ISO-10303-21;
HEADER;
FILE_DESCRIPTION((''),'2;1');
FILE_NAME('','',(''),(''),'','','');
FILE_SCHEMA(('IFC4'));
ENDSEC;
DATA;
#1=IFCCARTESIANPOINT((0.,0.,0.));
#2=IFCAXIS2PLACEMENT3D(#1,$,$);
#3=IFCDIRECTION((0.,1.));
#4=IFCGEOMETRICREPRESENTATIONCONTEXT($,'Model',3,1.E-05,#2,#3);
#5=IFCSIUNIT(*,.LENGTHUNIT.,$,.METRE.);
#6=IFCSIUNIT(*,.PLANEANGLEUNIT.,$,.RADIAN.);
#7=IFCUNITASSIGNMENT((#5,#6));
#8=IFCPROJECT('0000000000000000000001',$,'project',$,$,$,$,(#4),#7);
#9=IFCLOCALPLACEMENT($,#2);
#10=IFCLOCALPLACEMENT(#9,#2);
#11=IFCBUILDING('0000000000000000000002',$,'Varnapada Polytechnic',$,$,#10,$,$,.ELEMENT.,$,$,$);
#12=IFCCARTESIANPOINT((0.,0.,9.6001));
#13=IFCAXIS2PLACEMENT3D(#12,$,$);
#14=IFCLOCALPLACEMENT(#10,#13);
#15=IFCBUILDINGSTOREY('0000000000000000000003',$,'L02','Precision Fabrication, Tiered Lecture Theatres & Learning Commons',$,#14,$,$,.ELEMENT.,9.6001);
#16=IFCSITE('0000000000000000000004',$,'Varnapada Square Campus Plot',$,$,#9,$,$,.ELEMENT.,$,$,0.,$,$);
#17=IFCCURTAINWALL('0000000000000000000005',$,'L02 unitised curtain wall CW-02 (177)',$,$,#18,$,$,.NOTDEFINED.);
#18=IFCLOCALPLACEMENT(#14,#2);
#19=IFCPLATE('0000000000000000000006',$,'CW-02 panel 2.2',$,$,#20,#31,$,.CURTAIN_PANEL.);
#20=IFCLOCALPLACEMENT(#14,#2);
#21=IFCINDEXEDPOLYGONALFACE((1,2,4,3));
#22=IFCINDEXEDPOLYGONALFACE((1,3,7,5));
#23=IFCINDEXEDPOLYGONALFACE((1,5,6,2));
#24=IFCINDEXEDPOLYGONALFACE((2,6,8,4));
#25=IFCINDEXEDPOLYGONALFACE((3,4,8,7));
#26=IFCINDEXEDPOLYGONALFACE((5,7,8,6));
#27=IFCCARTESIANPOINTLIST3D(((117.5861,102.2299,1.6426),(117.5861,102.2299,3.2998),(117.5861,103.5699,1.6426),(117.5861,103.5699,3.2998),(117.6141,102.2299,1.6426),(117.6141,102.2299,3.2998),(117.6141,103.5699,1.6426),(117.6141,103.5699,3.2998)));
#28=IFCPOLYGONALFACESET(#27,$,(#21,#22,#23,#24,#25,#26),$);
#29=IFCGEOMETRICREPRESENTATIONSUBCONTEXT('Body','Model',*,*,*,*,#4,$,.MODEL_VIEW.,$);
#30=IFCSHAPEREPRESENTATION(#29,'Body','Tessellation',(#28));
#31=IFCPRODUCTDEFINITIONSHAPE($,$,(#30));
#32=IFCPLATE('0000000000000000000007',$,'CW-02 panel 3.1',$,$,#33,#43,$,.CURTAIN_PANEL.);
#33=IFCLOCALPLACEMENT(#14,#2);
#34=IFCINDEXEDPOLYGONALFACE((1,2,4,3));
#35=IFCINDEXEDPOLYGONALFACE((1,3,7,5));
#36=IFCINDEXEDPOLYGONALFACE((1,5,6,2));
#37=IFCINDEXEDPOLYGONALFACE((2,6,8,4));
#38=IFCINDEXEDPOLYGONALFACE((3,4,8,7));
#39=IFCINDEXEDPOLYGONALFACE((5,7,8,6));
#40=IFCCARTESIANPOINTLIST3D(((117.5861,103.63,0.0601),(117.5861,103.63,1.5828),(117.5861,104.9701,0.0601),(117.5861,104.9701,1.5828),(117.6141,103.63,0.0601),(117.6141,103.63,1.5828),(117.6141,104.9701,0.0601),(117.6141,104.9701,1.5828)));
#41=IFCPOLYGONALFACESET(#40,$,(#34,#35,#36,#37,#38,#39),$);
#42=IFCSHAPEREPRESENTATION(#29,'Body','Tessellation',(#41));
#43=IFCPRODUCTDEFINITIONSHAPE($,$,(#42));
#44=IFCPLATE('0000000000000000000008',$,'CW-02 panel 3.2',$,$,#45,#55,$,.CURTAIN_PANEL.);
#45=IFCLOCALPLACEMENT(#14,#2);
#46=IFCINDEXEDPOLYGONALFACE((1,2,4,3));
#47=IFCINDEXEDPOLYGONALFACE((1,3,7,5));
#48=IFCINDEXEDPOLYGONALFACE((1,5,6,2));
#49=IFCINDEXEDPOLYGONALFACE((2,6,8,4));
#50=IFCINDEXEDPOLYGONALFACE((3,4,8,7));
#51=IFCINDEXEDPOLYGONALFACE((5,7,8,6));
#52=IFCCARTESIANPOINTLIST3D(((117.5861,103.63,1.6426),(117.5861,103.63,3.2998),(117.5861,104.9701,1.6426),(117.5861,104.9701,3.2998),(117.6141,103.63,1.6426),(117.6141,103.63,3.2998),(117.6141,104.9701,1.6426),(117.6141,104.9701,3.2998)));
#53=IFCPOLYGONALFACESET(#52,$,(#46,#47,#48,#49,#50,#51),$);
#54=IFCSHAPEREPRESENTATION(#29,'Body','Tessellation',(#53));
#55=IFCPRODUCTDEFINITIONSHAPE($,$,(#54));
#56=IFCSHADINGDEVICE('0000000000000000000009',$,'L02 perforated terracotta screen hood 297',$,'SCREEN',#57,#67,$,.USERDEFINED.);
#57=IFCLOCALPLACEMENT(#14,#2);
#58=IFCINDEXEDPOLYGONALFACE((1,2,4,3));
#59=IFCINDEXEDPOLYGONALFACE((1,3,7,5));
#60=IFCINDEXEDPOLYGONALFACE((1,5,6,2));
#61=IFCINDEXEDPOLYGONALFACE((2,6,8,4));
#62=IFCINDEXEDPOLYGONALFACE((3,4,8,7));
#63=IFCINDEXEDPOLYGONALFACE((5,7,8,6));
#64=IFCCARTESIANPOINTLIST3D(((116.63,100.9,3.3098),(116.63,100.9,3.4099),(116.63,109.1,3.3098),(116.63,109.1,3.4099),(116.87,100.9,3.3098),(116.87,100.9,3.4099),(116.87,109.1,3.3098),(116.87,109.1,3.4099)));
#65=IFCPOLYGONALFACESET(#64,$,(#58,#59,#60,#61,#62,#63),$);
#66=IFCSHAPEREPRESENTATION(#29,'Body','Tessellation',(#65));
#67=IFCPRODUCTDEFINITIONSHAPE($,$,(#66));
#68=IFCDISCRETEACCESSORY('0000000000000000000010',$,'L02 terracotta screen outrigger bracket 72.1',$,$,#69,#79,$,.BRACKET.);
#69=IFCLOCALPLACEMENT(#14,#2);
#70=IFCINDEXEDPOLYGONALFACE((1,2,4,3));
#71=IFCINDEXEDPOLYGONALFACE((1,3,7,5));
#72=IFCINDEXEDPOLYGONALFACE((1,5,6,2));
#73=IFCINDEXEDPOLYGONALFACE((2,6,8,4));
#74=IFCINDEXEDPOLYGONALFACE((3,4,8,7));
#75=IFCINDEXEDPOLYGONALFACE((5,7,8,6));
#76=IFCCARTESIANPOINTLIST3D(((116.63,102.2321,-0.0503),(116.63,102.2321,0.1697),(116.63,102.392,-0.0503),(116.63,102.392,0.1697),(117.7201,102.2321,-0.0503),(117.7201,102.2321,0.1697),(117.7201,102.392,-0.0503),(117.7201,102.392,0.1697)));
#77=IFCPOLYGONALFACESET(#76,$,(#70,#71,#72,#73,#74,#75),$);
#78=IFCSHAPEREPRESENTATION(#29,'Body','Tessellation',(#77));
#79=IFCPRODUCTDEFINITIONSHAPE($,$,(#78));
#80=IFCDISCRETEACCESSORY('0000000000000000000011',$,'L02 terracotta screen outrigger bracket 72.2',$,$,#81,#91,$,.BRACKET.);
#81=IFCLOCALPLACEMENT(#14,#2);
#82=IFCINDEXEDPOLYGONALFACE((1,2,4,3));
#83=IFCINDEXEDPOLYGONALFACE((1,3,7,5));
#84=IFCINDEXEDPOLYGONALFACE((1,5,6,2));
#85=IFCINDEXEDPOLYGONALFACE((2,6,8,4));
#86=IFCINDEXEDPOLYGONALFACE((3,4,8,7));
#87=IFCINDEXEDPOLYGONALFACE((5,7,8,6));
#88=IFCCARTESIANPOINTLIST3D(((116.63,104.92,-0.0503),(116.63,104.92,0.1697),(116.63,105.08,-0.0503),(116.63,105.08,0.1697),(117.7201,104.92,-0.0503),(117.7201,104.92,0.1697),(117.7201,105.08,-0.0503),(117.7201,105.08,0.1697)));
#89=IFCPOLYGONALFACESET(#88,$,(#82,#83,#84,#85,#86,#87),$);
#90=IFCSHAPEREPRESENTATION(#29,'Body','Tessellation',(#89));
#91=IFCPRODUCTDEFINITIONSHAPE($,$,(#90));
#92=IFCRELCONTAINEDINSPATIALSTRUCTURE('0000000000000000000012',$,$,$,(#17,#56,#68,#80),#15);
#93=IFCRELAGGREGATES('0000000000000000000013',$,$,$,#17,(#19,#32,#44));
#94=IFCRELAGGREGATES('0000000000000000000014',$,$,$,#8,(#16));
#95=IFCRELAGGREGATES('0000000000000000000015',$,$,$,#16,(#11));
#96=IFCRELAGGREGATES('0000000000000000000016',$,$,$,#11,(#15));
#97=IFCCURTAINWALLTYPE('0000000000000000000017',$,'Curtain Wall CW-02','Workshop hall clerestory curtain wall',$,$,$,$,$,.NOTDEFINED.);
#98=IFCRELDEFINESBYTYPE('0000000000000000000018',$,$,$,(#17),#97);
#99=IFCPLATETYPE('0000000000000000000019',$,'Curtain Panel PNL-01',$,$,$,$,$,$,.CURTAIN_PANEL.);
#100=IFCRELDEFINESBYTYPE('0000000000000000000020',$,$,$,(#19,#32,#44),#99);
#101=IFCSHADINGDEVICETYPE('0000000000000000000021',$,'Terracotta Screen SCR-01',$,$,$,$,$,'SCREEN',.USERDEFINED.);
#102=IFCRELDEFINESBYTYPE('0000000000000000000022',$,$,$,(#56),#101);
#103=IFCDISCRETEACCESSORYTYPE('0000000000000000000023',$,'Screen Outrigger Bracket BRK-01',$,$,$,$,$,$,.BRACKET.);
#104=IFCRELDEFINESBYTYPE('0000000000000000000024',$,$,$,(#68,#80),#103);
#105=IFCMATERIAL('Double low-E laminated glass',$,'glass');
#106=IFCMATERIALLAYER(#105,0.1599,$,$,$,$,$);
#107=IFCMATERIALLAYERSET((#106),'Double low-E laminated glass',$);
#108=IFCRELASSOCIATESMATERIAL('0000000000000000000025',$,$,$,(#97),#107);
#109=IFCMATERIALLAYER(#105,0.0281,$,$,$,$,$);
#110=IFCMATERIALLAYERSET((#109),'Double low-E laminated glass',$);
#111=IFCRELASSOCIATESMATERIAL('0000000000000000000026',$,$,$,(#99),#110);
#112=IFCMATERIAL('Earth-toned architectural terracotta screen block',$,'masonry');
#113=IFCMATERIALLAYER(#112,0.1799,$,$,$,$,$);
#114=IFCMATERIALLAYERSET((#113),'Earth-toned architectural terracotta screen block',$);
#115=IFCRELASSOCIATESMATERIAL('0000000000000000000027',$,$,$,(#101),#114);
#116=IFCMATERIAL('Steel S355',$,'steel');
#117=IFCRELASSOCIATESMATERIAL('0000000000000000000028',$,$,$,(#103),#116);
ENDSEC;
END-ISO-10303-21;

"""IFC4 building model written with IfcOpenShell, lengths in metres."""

from ifc_helpers import new_model, si_unit, direction, frame, origin, origin_2d, place, context, subcontext, project, spatial, rectangle, extrude, material, layer, layer_set, type_object, element, aggregate, save


model = new_model("IFC4")

# Units and contexts
model_context = context("Model", 3, precision=1e-05, world=origin(), true_north=direction((0.0, 1.0)))
body_context = subcontext(model_context, "Body", "Model", "MODEL_VIEW")
ifc_project = project(units=[si_unit("LENGTHUNIT", "METRE"), si_unit("PLANEANGLEUNIT", "RADIAN")], contexts=[model_context])

# Site, building, storey
site_placement = place(None, origin())
site = spatial("IfcSite", under=ifc_project, at=site_placement, Name="Varnapada Square Campus Plot", CompositionType="ELEMENT", RefElevation=0.0)
building_placement = place(site_placement, origin())
building = spatial("IfcBuilding", under=site, at=building_placement, Name="Varnapada Polytechnic", CompositionType="ELEMENT")
storey_placement = place(building_placement, frame((0.0, 0.0, 9.6001)))
storey = spatial("IfcBuildingStorey", under=building, at=storey_placement, Name="L02", Description="Precision Fabrication, Tiered Lecture Theatres & Learning Commons", CompositionType="ELEMENT", Elevation=9.6001)

# Curtain wall, plates
ifc_material_1 = material(Name="Double low-E laminated glass", Category="glass")
ifc_layer_1 = layer(ifc_material_1, 0.1599)
ifc_layer_set_1 = layer_set([ifc_layer_1], Name="Double low-E laminated glass")
curtain_wall_type = type_object("IfcCurtainWallType", Name="Curtain Wall CW-02", Description="Workshop hall clerestory curtain wall", PredefinedType="NOTDEFINED", material=ifc_layer_set_1)
curtain_wall_placement = place(storey_placement, origin())
curtain_wall = element("IfcCurtainWall", 1, at=curtain_wall_placement, inside=storey, type_object=curtain_wall_type, Name="L02 unitised curtain wall CW-02 (177)", PredefinedType="NOTDEFINED")
ifc_layer_2 = layer(ifc_material_1, 0.0281)
ifc_layer_set_2 = layer_set([ifc_layer_2], Name="Double low-E laminated glass")
plate_type = type_object("IfcPlateType", Name="Curtain Panel PNL-01", PredefinedType="CURTAIN_PANEL", material=ifc_layer_set_2)
plate_1_placement = place(storey_placement, frame((117.6001, 102.8999, 1.6426), z_axis=(0.0, 0.0, 1.0), x_axis=(0.0, 1.0, 0.0)))
plate_1 = element("IfcPlate", 2, at=plate_1_placement, type_object=plate_type, Name="CW-02 panel 2.2", PredefinedType="CURTAIN_PANEL", context=body_context, shape_type="SweptSolid", body=[
    extrude(rectangle(XDim=1.3401, YDim=0.0281, at=origin_2d()), origin(), (0.0, 0.0, 1.0), 1.6572),
])
plate_2_placement = place(storey_placement, frame((117.6001, 104.3, 0.0601), z_axis=(0.0, 0.0, 1.0), x_axis=(0.0, 1.0, 0.0)))
plate_2 = element("IfcPlate", 3, at=plate_2_placement, type_object=plate_type, Name="CW-02 panel 3.1", PredefinedType="CURTAIN_PANEL", context=body_context, shape_type="SweptSolid", body=[
    extrude(rectangle(XDim=1.3401, YDim=0.0281, at=origin_2d()), origin(), (0.0, 0.0, 1.0), 1.5227),
])
plate_3_placement = place(storey_placement, frame((117.6001, 104.3, 1.6426), z_axis=(0.0, 0.0, 1.0), x_axis=(0.0, 1.0, 0.0)))
plate_3 = element("IfcPlate", 4, at=plate_3_placement, type_object=plate_type, Name="CW-02 panel 3.2", PredefinedType="CURTAIN_PANEL", context=body_context, shape_type="SweptSolid", body=[
    extrude(rectangle(XDim=1.3401, YDim=0.0281, at=origin_2d()), origin(), (0.0, 0.0, 1.0), 1.6572),
])
aggregate(curtain_wall, [plate_1, plate_2, plate_3])

# Shading device
ifc_material_2 = material(Name="Earth-toned architectural terracotta screen block", Category="masonry")
ifc_layer_3 = layer(ifc_material_2, 0.1799)
ifc_layer_set_3 = layer_set([ifc_layer_3], Name="Earth-toned architectural terracotta screen block")
shading_device_type = type_object("IfcShadingDeviceType", Name="Terracotta Screen SCR-01", ElementType="SCREEN", PredefinedType="USERDEFINED", material=ifc_layer_set_3)
shading_device_placement = place(storey_placement, frame((116.75, 105.0, 3.3098), z_axis=(0.0, 0.0, 1.0), x_axis=(0.0, 1.0, 0.0)))
element("IfcShadingDevice", 5, at=shading_device_placement, inside=storey, type_object=shading_device_type, Name="L02 perforated terracotta screen hood 297", ObjectType="SCREEN", PredefinedType="USERDEFINED", context=body_context, shape_type="SweptSolid", body=[
    extrude(rectangle(XDim=8.2, YDim=0.24, at=origin_2d()), origin(), (0.0, 0.0, 1.0), 0.1001),
])

# Discrete accessories
ifc_material_3 = material(Name="Steel S355", Category="steel")
discrete_accessory_type = type_object("IfcDiscreteAccessoryType", Name="Screen Outrigger Bracket BRK-01", PredefinedType="BRACKET", material=ifc_material_3)
for number, where, z_axis, x_axis, name in (
    (6, (117.175, 102.312, -0.0503), (0.0, 0.0, 1.0), (0.0, 1.0, 0.0), "L02 terracotta screen outrigger bracket 72.1"),
    (7, (117.175, 105.0, -0.0503), (0.0, 0.0, 1.0), (0.0, 1.0, 0.0), "L02 terracotta screen outrigger bracket 72.2"),
):
    element("IfcDiscreteAccessory", number, at=place(storey_placement, frame(where, z_axis=z_axis, x_axis=x_axis)), inside=storey, type_object=discrete_accessory_type, Name=name, PredefinedType="BRACKET", context=body_context, shape_type="SweptSolid", body=[
        extrude(rectangle(XDim=0.1599, YDim=1.0901, at=origin_2d()), origin(), (0.0, 0.0, 1.0), 0.22),
    ])

save(model, "model.ifc")
